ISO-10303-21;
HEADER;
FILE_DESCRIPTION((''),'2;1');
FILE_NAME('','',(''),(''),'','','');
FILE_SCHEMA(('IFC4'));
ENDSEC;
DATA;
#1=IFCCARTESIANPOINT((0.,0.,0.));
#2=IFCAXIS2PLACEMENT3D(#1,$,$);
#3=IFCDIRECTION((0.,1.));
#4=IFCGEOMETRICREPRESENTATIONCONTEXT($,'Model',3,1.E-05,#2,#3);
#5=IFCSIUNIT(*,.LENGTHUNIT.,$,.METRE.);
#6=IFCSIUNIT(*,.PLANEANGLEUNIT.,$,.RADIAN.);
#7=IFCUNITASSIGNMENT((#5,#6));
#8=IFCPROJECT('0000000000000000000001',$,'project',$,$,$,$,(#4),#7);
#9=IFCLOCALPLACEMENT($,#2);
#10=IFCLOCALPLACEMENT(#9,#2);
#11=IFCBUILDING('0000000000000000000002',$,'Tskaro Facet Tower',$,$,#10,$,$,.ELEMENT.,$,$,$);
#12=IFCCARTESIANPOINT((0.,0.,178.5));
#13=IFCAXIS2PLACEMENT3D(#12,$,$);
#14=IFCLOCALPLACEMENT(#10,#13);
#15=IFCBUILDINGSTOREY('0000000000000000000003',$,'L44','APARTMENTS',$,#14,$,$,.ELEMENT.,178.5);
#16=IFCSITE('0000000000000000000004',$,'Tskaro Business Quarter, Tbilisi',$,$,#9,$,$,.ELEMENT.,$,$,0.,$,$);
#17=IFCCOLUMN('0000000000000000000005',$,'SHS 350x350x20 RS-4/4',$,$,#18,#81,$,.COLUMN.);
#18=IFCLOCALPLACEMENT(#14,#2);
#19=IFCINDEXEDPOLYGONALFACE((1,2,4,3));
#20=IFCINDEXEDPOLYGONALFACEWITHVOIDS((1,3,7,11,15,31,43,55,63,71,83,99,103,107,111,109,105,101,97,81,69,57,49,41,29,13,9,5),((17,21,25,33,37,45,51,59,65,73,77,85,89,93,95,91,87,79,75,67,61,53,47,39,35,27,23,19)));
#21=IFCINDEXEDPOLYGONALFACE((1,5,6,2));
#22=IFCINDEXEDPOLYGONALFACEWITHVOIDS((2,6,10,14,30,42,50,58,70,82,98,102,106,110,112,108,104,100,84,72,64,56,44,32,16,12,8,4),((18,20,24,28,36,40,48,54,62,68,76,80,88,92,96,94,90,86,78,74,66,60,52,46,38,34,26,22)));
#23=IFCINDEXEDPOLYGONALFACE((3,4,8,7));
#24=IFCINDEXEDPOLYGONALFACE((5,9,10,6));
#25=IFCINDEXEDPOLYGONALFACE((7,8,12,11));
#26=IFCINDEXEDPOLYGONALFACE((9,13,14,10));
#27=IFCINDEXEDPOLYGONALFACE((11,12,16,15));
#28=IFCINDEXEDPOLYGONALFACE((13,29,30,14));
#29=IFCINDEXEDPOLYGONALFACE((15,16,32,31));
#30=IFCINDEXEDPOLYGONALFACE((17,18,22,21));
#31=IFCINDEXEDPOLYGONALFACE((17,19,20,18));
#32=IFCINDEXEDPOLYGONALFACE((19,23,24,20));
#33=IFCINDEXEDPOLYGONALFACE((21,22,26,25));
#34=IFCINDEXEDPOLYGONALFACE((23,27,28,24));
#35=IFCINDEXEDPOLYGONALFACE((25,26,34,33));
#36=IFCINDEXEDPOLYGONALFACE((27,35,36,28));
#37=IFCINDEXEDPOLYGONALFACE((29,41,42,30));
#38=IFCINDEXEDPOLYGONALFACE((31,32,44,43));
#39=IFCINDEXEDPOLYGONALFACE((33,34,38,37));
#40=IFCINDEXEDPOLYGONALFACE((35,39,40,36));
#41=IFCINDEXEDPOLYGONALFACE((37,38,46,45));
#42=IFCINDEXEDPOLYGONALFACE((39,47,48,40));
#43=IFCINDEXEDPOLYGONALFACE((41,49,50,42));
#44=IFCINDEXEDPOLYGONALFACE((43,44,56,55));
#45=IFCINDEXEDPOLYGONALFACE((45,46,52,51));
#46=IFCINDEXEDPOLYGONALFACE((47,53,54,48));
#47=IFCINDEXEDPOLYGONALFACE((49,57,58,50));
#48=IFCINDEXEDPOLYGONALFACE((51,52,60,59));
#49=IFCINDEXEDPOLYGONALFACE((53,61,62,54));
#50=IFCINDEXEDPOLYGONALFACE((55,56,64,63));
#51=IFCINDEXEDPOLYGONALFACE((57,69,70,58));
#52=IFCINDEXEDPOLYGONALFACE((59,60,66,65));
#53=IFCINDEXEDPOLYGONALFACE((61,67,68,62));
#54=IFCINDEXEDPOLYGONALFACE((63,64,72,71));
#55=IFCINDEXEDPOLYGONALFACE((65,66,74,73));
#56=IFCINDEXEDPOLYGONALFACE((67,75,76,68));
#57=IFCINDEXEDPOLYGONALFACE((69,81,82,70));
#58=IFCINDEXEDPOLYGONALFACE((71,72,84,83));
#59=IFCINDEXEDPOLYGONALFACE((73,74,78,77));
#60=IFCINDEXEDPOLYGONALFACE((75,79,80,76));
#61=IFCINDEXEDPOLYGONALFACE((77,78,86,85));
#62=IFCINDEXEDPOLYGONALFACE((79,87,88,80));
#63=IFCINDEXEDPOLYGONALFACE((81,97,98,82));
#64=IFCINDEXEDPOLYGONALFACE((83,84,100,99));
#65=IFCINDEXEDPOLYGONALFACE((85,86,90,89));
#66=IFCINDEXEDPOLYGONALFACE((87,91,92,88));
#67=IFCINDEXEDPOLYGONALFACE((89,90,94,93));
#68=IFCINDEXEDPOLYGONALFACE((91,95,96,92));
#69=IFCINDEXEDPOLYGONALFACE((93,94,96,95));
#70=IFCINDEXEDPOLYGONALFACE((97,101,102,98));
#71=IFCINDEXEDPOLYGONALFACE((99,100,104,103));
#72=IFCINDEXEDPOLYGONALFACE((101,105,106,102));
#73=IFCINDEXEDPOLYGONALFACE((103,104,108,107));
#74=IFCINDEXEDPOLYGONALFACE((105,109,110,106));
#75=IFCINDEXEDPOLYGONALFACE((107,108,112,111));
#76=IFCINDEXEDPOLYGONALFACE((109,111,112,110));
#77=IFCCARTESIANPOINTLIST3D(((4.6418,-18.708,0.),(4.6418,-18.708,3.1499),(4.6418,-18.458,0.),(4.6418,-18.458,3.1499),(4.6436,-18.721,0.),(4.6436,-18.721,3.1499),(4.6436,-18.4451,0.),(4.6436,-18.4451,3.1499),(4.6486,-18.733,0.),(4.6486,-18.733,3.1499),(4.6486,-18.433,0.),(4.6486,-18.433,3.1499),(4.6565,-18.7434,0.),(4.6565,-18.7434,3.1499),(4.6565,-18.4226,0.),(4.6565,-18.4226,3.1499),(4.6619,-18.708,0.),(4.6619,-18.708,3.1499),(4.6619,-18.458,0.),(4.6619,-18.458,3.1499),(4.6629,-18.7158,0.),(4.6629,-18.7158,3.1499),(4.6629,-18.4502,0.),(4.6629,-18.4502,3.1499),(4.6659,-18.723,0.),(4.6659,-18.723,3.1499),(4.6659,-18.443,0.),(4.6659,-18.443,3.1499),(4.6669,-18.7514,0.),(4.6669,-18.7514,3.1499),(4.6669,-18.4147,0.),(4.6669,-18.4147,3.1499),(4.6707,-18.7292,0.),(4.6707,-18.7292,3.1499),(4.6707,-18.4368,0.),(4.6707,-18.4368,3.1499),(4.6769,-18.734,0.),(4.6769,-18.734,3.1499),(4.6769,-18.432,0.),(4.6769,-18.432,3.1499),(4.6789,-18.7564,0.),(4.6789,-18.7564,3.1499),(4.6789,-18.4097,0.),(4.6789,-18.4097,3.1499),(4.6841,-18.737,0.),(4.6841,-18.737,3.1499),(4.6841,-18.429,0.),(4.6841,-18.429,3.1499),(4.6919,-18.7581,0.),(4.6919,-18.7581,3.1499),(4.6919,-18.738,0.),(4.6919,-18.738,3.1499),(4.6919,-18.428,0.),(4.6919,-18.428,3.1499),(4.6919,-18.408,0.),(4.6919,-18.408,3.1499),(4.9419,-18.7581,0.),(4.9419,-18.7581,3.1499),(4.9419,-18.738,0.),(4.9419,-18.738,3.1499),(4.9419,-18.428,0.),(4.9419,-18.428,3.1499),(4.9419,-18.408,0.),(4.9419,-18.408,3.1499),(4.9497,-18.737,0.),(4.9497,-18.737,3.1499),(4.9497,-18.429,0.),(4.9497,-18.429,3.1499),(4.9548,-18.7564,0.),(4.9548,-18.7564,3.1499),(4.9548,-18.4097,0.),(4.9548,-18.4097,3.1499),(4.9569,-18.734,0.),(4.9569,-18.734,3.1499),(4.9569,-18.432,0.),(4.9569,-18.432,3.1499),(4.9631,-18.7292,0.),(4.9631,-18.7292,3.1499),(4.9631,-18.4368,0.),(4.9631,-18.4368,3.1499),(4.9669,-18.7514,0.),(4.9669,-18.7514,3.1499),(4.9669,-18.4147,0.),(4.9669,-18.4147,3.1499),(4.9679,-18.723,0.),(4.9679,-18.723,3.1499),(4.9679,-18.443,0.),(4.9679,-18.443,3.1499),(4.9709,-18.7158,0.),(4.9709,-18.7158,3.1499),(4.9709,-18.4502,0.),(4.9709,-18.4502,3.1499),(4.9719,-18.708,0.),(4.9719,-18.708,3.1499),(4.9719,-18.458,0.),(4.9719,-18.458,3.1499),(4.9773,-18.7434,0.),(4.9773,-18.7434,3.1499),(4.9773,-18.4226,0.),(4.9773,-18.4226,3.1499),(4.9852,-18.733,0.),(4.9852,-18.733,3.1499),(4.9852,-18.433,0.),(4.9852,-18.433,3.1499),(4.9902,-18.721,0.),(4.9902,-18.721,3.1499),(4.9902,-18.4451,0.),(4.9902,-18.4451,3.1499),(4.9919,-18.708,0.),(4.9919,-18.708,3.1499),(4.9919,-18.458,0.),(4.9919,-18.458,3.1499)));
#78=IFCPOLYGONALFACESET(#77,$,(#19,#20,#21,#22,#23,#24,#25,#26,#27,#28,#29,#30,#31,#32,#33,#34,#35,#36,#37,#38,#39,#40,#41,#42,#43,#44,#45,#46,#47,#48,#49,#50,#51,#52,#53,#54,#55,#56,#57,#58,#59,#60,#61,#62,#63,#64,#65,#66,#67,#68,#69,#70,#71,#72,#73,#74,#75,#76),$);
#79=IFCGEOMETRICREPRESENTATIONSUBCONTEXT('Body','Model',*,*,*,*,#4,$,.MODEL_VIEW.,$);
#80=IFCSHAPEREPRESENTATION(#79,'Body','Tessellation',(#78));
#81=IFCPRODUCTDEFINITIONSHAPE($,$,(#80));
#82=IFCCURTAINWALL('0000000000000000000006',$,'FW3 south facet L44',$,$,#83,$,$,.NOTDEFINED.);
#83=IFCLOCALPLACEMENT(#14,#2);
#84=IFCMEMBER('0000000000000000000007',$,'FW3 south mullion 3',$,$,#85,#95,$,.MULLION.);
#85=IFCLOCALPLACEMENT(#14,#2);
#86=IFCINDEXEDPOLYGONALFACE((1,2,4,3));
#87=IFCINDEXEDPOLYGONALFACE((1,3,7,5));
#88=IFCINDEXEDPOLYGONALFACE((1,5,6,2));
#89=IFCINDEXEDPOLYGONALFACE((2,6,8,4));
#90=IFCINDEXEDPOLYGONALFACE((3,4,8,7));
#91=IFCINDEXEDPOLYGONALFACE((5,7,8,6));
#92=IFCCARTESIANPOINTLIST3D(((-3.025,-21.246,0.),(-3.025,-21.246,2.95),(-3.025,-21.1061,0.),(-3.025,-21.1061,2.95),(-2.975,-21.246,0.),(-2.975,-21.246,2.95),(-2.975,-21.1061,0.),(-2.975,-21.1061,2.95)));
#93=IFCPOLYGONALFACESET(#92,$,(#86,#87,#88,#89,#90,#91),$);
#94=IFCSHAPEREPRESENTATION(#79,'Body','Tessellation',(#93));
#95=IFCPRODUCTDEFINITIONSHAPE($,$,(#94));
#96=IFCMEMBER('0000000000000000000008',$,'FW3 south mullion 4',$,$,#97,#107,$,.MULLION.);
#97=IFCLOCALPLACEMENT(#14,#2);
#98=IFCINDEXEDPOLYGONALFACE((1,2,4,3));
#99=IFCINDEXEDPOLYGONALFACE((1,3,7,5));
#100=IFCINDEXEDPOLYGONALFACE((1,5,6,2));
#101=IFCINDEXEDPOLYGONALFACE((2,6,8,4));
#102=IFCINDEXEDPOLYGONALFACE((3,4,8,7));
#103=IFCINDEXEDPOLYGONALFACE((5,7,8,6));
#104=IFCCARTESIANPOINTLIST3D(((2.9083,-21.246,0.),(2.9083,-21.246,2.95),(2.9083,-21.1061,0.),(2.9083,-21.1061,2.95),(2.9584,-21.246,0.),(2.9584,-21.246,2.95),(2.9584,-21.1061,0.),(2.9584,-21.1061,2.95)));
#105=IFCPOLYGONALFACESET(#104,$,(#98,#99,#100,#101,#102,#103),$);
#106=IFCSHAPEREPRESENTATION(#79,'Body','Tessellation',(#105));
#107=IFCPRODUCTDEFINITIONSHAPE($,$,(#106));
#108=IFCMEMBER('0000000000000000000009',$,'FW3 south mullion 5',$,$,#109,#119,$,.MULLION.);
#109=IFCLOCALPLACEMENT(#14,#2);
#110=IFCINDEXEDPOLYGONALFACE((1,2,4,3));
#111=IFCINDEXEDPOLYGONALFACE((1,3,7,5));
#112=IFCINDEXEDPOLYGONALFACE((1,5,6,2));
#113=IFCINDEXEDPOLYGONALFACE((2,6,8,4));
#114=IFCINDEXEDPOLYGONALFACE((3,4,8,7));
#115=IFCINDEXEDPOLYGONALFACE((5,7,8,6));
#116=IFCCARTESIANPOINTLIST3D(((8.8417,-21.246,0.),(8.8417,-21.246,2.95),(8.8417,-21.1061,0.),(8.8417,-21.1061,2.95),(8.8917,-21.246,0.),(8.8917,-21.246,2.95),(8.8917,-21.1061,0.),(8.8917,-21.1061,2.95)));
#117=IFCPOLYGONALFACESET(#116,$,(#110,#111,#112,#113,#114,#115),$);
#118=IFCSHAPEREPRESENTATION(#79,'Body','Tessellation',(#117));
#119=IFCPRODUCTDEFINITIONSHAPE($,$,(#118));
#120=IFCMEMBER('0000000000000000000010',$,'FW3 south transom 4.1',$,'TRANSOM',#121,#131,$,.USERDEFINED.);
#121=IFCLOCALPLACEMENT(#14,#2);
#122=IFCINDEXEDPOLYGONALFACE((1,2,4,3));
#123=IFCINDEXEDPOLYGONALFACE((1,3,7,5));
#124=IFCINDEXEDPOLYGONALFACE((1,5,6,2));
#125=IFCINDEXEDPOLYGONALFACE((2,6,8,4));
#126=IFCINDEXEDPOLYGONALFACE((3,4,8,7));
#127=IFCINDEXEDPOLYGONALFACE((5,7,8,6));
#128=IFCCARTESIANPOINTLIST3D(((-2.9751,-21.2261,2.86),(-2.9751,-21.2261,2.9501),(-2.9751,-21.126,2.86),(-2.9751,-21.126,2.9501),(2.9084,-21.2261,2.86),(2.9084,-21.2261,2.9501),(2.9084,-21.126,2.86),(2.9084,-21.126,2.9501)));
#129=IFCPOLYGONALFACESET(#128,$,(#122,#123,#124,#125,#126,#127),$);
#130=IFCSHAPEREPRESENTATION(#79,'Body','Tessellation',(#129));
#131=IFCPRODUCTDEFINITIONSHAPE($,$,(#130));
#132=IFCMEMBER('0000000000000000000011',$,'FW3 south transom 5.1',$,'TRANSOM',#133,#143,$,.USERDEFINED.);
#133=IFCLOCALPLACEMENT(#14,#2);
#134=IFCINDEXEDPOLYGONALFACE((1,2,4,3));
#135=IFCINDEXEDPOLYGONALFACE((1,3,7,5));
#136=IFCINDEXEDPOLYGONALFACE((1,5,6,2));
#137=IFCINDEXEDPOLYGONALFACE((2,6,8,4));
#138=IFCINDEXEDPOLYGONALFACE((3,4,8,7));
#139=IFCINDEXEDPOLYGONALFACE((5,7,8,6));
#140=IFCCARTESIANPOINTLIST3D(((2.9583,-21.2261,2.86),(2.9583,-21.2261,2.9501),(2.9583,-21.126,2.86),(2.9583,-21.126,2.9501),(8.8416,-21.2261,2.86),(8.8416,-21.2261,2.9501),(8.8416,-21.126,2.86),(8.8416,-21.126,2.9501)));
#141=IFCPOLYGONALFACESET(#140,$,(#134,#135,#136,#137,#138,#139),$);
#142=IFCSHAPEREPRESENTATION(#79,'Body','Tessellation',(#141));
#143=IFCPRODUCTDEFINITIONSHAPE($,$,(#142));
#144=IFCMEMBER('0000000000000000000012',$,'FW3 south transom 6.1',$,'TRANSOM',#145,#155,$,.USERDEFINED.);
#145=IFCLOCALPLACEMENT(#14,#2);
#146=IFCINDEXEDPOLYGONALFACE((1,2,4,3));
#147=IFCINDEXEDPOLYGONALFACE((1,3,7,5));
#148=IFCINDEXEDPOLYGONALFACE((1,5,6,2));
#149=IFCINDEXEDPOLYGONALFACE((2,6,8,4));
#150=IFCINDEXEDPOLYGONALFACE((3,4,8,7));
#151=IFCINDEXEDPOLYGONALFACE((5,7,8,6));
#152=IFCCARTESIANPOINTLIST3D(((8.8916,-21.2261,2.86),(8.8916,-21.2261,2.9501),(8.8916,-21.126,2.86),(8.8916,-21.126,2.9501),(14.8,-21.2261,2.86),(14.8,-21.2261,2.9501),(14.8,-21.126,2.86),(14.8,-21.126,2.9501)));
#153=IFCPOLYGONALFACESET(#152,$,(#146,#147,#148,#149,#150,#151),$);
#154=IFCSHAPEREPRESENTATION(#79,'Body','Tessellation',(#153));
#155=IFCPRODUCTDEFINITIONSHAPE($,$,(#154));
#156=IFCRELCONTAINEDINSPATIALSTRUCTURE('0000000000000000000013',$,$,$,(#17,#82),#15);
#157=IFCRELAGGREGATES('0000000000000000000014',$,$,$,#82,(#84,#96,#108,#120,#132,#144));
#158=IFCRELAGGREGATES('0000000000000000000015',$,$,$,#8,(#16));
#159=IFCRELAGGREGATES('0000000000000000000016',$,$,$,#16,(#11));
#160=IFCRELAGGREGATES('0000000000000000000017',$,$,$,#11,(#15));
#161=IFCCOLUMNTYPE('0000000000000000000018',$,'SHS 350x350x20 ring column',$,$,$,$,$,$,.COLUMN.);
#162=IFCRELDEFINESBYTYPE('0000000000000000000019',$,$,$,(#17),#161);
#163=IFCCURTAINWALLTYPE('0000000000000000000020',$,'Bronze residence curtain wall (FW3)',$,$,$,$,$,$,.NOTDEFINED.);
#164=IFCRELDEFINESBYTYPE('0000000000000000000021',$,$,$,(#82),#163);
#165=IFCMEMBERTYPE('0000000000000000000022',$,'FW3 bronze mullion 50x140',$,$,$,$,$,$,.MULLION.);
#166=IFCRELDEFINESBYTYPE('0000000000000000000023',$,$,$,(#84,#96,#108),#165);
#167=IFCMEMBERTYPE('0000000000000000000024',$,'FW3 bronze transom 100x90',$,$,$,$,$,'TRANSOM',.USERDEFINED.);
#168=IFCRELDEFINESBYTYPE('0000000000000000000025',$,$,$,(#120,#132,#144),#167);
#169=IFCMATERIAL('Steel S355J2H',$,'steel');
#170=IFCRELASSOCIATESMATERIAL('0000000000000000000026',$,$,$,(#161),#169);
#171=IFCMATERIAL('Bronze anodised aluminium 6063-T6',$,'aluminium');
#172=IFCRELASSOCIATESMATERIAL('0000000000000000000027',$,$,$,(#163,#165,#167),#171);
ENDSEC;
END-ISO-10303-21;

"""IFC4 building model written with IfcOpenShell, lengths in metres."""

from ifc_helpers import new_model, si_unit, direction, frame, origin, origin_2d, place, context, subcontext, project, spatial, rectangle, hollow_rectangle, extrude, material, material_profile, profile_set, type_object, element, aggregate, save


model = new_model("IFC4")

# Units and contexts
model_context = context("Model", 3, precision=1e-05, world=origin(), true_north=direction((0.0, 1.0)))
body_context = subcontext(model_context, "Body", "Model", "MODEL_VIEW")
ifc_project = project(units=[si_unit("LENGTHUNIT", "METRE"), si_unit("PLANEANGLEUNIT", "RADIAN")], contexts=[model_context])

# Site, building, storey
site_placement = place(None, origin())
site = spatial("IfcSite", under=ifc_project, at=site_placement, Name="Tskaro Business Quarter, Tbilisi", CompositionType="ELEMENT", RefElevation=0.0)
building_placement = place(site_placement, origin())
building = spatial("IfcBuilding", under=site, at=building_placement, Name="Tskaro Facet Tower", CompositionType="ELEMENT")
storey_placement = place(building_placement, frame((0.0, 0.0, 178.5)))
storey = spatial("IfcBuildingStorey", under=building, at=storey_placement, Name="L44", Description="APARTMENTS", CompositionType="ELEMENT", Elevation=178.5)

# Column
ifc_material_1 = material(Name="Steel S355J2H", Category="steel")
ifc_material_profile_1 = material_profile(ifc_material_1, hollow_rectangle(XDim=0.3501, YDim=0.3501, WallThickness=0.02, InnerFilletRadius=0.03, OuterFilletRadius=0.05, at=origin_2d()), Name="SHS 350x350x20")
ifc_profile_set_1 = profile_set([ifc_material_profile_1], Name="Steel S355J2H")
column_type = type_object("IfcColumnType", Name="SHS 350x350x20 ring column", PredefinedType="COLUMN", material=ifc_profile_set_1)
column_placement = place(storey_placement, frame((4.8169, -18.583, 0.0), z_axis=(0.0, 0.0, 1.0), x_axis=(1.0, 0.0, 0.0)))
element("IfcColumn", 1, at=column_placement, inside=storey, type_object=column_type, Name="SHS 350x350x20 RS-4/4", PredefinedType="COLUMN", context=body_context, shape_type="SweptSolid", body=[
    extrude(hollow_rectangle(XDim=0.3501, YDim=0.3501, WallThickness=0.02, InnerFilletRadius=0.03, OuterFilletRadius=0.05, at=origin_2d()), origin(), (0.0, 0.0, 1.0), 3.1499),
])

# Curtain wall, members
ifc_material_2 = material(Name="Bronze anodised aluminium 6063-T6", Category="aluminium")
curtain_wall_type = type_object("IfcCurtainWallType", Name="Bronze residence curtain wall (FW3)", PredefinedType="NOTDEFINED", material=ifc_material_2)
curtain_wall_placement = place(storey_placement, origin())
curtain_wall = element("IfcCurtainWall", 2, at=curtain_wall_placement, inside=storey, type_object=curtain_wall_type, Name="FW3 south facet L44", PredefinedType="NOTDEFINED")
ifc_material_profile_2 = material_profile(ifc_material_2, rectangle(XDim=0.05, YDim=0.1399, at=origin_2d()), Name="Mullion 50x140")
ifc_profile_set_2 = profile_set([ifc_material_profile_2], Name="Bronze anodised aluminium 6063-T6")
member_type_1 = type_object("IfcMemberType", Name="FW3 bronze mullion 50x140", PredefinedType="MULLION", material=ifc_profile_set_2)
member_1_placement = place(storey_placement, frame((-3.0, -21.176, 0.0), z_axis=(0.0, 0.0, 1.0), x_axis=(1.0, 0.0, 0.0)))
member_1 = element("IfcMember", 3, at=member_1_placement, type_object=member_type_1, Name="FW3 south mullion 3", PredefinedType="MULLION", context=body_context, shape_type="SweptSolid", body=[
    extrude(rectangle(XDim=0.05, YDim=0.1399, at=origin_2d()), origin(), (0.0, 0.0, 1.0), 2.95),
])
member_2_placement = place(storey_placement, frame((2.9333, -21.176, 0.0), z_axis=(0.0, 0.0, 1.0), x_axis=(1.0, 0.0, 0.0)))
member_2 = element("IfcMember", 4, at=member_2_placement, type_object=member_type_1, Name="FW3 south mullion 4", PredefinedType="MULLION", context=body_context, shape_type="SweptSolid", body=[
    extrude(rectangle(XDim=0.05, YDim=0.1399, at=origin_2d()), origin(), (0.0, 0.0, 1.0), 2.95),
])
member_3_placement = place(storey_placement, frame((8.8667, -21.176, 0.0), z_axis=(0.0, 0.0, 1.0), x_axis=(1.0, 0.0, 0.0)))
member_3 = element("IfcMember", 5, at=member_3_placement, type_object=member_type_1, Name="FW3 south mullion 5", PredefinedType="MULLION", context=body_context, shape_type="SweptSolid", body=[
    extrude(rectangle(XDim=0.05, YDim=0.1399, at=origin_2d()), origin(), (0.0, 0.0, 1.0), 2.95),
])
ifc_material_profile_3 = material_profile(ifc_material_2, rectangle(XDim=0.1001, YDim=0.0901, at=origin_2d()), Name="Transom 100x90")
ifc_profile_set_3 = profile_set([ifc_material_profile_3], Name="Bronze anodised aluminium 6063-T6")
member_type_2 = type_object("IfcMemberType", Name="FW3 bronze transom 100x90", ElementType="TRANSOM", PredefinedType="USERDEFINED", material=ifc_profile_set_3)
member_4_placement = place(storey_placement, frame((-2.9751, -21.176, 2.905), z_axis=(1.0, 0.0, 0.0), x_axis=(0.0, 1.0, 0.0)))
member_4 = element("IfcMember", 6, at=member_4_placement, type_object=member_type_2, Name="FW3 south transom 4.1", ObjectType="TRANSOM", PredefinedType="USERDEFINED", context=body_context, shape_type="SweptSolid", body=[
    extrude(rectangle(XDim=0.1001, YDim=0.0901, at=origin_2d()), origin(), (0.0, 0.0, 1.0), 5.8835),
])
member_5_placement = place(storey_placement, frame((2.9583, -21.176, 2.905), z_axis=(1.0, 0.0, 0.0), x_axis=(0.0, 1.0, 0.0)))
member_5 = element("IfcMember", 7, at=member_5_placement, type_object=member_type_2, Name="FW3 south transom 5.1", ObjectType="TRANSOM", PredefinedType="USERDEFINED", context=body_context, shape_type="SweptSolid", body=[
    extrude(rectangle(XDim=0.1001, YDim=0.0901, at=origin_2d()), origin(), (0.0, 0.0, 1.0), 5.8833),
])
member_6_placement = place(storey_placement, frame((8.8916, -21.176, 2.905), z_axis=(1.0, 0.0, 0.0), x_axis=(0.0, 1.0, 0.0)))
member_6 = element("IfcMember", 8, at=member_6_placement, type_object=member_type_2, Name="FW3 south transom 6.1", ObjectType="TRANSOM", PredefinedType="USERDEFINED", context=body_context, shape_type="SweptSolid", body=[
    extrude(rectangle(XDim=0.1001, YDim=0.0901, at=origin_2d()), origin(), (0.0, 0.0, 1.0), 5.9084),
])

aggregate(curtain_wall, [member_1, member_2, member_3, member_4, member_5, member_6])

save(model, "model.ifc")
